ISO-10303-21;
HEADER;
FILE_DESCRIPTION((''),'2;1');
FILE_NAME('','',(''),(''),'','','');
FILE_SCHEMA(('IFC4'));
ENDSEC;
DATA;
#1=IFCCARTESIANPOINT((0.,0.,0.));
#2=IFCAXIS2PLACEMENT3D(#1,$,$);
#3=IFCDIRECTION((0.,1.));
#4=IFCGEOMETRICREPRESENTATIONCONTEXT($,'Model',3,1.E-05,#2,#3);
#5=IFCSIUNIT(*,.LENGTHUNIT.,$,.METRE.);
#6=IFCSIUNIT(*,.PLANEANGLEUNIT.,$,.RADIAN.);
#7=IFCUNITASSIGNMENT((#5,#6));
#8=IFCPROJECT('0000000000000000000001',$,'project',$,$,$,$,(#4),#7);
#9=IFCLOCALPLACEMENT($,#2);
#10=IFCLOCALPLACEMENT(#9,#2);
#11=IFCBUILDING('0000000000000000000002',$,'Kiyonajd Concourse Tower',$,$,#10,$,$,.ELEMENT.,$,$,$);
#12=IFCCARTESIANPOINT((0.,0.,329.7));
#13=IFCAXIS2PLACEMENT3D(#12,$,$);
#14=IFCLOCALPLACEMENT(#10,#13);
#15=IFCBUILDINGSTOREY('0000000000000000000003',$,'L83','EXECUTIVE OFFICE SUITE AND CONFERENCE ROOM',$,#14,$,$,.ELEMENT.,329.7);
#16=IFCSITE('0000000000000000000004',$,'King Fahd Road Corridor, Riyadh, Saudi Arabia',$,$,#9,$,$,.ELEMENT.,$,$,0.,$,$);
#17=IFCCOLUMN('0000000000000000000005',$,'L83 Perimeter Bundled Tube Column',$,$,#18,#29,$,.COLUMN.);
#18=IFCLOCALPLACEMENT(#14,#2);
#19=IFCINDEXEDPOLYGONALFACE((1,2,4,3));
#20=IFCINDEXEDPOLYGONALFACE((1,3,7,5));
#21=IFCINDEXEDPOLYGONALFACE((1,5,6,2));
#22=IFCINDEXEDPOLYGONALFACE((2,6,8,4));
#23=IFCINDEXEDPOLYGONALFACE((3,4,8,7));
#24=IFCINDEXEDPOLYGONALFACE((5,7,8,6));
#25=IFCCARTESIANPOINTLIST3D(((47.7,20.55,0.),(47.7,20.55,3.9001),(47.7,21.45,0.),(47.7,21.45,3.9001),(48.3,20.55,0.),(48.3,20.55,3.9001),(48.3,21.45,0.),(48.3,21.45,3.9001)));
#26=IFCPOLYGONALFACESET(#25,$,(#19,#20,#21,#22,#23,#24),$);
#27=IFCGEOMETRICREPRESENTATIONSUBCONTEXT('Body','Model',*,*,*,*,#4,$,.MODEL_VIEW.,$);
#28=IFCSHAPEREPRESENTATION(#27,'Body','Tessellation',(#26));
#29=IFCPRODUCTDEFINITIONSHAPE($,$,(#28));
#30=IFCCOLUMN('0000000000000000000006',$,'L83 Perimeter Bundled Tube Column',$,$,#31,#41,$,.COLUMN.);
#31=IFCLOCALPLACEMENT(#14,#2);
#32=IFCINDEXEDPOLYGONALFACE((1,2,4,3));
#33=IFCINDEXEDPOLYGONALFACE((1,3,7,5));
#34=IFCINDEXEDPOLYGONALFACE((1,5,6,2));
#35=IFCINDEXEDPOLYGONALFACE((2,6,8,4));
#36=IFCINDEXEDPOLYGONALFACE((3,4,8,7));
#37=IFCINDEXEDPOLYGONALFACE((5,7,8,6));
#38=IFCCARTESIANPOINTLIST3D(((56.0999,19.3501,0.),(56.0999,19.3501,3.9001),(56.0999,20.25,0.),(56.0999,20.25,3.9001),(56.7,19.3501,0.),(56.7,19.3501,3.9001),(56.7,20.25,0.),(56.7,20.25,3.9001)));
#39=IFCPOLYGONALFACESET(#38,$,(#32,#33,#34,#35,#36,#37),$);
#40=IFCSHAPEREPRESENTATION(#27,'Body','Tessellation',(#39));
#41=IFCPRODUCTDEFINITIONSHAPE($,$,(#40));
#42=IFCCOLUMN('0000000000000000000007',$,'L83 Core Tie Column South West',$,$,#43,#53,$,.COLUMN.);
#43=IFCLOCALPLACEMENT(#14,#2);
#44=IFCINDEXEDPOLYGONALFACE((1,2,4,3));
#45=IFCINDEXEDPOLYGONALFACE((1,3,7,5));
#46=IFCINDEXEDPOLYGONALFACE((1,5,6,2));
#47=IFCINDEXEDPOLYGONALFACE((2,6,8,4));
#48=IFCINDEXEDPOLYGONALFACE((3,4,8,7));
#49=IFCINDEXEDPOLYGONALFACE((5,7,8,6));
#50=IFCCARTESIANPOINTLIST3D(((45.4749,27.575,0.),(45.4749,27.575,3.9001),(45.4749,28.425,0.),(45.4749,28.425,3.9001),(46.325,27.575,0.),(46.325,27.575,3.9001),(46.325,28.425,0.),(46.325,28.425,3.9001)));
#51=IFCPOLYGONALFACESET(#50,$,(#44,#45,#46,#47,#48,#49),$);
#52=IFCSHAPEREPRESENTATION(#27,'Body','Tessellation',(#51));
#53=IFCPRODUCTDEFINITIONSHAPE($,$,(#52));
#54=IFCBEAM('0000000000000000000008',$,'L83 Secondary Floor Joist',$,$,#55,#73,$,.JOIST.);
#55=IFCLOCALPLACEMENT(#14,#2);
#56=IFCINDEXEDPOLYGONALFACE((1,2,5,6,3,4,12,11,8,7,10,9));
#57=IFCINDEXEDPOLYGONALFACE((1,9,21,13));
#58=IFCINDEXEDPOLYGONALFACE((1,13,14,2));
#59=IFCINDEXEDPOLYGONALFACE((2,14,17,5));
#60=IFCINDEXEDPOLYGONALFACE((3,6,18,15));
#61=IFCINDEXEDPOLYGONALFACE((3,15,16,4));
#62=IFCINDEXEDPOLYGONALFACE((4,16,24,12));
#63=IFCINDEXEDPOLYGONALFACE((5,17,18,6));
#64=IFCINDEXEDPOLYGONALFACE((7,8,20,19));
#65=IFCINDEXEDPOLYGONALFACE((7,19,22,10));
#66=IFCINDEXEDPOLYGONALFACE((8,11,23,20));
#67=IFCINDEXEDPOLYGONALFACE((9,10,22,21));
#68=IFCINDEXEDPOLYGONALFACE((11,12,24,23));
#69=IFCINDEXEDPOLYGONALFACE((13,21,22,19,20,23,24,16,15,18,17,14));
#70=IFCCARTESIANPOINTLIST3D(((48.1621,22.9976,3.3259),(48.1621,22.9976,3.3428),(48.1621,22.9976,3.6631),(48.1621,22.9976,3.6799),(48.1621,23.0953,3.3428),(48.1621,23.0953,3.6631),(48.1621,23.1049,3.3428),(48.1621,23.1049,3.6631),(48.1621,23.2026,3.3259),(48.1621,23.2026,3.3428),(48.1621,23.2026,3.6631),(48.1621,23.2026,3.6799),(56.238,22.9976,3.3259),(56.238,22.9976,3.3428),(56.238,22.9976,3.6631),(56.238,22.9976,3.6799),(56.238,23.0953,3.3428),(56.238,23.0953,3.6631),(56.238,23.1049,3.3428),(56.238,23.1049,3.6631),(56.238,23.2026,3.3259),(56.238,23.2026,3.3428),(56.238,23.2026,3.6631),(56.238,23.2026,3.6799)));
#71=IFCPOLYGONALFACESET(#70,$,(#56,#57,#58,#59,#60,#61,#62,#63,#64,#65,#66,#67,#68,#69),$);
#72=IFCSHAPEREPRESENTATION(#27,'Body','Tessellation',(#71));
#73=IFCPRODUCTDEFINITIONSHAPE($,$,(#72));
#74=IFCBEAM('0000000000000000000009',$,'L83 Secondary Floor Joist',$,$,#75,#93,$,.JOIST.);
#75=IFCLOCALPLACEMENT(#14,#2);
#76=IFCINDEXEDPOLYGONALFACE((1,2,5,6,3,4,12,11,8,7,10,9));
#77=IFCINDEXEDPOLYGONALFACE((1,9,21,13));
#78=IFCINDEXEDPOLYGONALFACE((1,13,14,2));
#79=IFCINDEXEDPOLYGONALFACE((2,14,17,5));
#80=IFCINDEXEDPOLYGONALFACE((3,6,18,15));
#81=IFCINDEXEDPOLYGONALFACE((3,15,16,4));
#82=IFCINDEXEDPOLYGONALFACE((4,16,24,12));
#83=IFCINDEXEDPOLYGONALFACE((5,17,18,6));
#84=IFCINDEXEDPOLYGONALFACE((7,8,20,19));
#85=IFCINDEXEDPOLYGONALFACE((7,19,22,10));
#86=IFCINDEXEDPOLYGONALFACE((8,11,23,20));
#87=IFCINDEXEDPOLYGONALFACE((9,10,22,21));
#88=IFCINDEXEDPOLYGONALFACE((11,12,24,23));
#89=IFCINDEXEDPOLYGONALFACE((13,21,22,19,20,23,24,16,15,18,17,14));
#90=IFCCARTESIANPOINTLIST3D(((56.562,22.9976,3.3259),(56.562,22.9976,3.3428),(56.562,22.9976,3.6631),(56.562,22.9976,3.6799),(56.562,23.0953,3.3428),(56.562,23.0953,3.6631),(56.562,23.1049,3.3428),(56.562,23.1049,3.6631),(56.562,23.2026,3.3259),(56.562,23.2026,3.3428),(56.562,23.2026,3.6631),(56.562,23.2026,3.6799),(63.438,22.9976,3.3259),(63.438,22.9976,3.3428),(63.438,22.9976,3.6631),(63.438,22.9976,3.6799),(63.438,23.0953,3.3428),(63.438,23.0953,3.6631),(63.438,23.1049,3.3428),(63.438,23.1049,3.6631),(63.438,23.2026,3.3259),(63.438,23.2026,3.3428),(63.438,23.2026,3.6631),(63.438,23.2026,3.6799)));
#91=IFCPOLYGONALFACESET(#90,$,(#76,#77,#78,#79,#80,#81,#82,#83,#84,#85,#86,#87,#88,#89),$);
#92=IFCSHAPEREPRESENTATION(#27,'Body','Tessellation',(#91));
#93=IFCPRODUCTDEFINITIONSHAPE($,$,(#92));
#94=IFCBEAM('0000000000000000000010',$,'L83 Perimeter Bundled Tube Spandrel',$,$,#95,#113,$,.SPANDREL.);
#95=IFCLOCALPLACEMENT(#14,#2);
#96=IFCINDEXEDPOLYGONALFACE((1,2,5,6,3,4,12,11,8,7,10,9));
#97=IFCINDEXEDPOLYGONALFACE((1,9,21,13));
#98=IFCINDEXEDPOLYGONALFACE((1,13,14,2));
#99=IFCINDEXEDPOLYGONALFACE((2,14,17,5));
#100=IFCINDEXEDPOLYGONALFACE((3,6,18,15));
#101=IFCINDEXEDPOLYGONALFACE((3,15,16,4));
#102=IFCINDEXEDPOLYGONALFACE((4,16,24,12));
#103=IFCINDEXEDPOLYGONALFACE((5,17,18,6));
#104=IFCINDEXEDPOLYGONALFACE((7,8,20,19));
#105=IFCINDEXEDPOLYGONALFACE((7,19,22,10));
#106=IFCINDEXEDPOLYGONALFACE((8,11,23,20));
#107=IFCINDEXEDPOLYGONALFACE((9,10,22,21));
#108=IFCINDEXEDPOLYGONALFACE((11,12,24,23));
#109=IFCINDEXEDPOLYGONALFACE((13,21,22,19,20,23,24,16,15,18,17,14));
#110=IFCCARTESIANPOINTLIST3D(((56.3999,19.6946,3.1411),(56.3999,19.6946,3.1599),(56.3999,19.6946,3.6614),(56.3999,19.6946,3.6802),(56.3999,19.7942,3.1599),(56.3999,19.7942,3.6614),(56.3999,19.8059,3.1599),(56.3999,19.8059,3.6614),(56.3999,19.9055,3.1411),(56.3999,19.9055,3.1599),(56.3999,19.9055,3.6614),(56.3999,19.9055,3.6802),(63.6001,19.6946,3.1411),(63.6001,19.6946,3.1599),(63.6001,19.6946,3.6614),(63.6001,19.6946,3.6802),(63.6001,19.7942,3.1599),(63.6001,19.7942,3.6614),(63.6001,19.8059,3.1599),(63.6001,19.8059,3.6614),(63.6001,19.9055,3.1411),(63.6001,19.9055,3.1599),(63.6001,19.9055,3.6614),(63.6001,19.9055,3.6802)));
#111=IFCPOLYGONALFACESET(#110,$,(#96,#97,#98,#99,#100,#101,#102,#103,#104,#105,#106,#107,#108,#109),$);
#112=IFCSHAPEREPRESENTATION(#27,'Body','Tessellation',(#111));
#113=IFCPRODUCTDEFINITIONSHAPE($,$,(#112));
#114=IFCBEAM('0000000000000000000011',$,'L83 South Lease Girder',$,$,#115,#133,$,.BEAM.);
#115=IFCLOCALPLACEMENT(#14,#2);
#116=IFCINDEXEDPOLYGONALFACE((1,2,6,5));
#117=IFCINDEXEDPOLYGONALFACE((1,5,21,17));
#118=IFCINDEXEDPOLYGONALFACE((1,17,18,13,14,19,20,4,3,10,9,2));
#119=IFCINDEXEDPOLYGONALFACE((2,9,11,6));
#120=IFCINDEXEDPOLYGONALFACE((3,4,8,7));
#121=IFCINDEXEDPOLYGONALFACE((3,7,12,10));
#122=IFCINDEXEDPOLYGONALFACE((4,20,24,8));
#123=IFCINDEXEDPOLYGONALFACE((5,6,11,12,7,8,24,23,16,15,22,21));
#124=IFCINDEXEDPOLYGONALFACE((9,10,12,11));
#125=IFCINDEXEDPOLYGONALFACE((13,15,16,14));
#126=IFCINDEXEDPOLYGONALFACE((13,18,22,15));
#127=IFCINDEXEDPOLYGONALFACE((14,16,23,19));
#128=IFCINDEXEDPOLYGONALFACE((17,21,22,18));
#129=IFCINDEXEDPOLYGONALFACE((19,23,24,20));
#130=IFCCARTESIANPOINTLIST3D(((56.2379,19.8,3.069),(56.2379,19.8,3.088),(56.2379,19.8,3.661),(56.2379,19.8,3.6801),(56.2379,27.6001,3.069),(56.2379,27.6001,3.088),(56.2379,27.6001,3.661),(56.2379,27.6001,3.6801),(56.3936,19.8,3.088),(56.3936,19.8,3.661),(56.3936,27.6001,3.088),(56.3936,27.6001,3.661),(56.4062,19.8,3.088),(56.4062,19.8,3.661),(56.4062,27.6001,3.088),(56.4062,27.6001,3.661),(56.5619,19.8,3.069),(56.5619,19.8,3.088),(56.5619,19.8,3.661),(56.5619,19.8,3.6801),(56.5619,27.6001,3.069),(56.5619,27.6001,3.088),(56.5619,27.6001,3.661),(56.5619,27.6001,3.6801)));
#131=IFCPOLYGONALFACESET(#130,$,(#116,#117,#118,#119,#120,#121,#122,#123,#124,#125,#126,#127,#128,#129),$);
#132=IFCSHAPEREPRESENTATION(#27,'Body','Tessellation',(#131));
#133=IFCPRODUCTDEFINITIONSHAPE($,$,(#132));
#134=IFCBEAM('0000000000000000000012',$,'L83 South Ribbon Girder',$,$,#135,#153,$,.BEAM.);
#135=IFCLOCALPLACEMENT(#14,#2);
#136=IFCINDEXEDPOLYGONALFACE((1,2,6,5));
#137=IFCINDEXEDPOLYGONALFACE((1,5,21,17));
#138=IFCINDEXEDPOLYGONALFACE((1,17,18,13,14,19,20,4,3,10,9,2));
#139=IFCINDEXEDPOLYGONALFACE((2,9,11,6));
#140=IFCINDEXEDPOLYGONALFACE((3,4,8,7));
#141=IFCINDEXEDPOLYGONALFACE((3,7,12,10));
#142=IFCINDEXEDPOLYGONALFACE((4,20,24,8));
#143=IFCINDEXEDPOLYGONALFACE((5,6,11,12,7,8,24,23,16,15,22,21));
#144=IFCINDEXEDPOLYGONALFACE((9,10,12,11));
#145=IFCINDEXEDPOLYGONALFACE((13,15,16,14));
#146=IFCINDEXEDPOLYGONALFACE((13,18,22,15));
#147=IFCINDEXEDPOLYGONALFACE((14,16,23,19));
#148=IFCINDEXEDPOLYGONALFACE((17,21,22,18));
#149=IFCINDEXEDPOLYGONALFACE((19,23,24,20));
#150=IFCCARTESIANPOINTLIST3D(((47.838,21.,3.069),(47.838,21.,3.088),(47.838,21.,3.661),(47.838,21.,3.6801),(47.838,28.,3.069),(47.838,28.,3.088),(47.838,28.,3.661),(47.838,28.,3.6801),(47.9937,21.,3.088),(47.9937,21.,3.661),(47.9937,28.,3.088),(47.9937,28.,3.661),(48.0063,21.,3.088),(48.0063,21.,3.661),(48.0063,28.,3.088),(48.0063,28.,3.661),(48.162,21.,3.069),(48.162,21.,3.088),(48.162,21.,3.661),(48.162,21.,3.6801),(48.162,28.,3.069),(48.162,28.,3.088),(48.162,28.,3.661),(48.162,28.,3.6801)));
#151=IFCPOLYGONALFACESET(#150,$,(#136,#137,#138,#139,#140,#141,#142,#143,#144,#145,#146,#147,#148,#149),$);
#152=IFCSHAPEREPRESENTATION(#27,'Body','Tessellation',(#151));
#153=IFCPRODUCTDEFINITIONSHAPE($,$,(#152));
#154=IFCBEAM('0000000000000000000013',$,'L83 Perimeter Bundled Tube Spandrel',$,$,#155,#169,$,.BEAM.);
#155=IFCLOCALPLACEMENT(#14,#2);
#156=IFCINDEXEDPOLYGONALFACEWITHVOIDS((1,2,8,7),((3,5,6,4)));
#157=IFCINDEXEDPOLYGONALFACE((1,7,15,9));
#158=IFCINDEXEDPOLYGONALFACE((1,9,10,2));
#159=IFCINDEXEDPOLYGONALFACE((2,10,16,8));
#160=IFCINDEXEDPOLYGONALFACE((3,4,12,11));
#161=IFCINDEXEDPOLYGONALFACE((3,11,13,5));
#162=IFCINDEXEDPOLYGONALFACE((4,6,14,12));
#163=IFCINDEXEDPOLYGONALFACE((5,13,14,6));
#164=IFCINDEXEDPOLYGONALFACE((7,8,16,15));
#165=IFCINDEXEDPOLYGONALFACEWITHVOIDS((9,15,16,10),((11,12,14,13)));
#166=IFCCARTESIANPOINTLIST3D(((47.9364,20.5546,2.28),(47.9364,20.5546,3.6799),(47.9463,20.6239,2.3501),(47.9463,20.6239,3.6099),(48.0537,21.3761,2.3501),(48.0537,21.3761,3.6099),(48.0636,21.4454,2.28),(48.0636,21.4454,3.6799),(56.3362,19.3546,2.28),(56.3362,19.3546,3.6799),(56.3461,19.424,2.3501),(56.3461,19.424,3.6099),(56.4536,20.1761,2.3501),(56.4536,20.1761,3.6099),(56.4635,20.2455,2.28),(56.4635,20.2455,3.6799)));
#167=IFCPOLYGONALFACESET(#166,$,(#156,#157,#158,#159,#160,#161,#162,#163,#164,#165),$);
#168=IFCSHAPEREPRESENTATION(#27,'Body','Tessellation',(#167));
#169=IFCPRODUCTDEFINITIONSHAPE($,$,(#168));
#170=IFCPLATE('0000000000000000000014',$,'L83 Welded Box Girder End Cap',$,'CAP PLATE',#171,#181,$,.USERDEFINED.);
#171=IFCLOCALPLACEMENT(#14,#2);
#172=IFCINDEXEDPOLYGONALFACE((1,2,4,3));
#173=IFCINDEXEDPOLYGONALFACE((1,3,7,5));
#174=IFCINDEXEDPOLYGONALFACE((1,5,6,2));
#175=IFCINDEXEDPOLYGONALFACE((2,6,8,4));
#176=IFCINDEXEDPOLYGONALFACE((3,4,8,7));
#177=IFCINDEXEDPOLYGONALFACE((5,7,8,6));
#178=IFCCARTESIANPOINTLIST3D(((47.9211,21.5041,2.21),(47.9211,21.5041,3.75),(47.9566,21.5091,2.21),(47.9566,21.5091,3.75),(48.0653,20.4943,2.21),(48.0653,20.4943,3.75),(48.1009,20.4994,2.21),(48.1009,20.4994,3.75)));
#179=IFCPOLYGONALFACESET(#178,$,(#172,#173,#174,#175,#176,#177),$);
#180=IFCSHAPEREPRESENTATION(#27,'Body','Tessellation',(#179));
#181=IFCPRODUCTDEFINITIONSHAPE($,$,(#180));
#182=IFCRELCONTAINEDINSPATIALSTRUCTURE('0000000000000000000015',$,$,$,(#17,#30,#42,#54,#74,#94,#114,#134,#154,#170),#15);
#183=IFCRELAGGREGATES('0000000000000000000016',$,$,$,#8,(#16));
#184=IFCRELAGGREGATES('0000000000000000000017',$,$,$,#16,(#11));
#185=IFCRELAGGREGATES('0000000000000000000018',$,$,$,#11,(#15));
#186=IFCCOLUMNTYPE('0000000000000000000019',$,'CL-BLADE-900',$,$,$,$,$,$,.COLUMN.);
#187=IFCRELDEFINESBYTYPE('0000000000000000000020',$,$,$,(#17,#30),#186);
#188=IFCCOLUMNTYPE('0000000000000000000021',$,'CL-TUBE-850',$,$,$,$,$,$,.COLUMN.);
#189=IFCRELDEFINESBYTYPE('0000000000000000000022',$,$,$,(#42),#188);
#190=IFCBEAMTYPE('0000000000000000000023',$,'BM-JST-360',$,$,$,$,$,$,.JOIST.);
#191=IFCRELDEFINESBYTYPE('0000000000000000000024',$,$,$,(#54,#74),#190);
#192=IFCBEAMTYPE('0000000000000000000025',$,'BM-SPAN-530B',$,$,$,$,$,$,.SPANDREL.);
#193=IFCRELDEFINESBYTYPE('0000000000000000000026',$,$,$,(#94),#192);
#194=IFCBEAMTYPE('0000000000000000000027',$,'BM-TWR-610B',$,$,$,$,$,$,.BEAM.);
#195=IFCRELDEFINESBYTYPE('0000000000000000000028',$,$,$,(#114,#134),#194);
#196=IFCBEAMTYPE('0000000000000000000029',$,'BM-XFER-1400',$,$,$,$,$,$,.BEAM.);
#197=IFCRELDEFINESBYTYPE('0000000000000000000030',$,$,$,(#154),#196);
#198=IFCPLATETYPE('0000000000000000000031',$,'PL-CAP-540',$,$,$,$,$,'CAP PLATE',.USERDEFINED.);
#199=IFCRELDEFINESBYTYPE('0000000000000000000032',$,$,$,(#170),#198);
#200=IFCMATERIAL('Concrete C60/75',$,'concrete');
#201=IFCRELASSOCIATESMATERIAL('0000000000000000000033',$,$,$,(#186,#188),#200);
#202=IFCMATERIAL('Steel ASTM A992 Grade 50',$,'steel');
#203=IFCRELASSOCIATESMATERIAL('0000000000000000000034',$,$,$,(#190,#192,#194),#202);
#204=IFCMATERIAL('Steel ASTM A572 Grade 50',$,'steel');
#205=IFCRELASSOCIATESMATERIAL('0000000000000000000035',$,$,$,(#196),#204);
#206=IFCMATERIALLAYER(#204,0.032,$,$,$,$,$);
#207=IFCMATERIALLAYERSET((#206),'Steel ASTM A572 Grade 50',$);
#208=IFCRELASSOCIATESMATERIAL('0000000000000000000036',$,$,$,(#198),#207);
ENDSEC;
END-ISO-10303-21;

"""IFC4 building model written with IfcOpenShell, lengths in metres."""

from ifc_helpers import new_model, si_unit, direction, frame, origin, origin_2d, place, context, subcontext, project, spatial, rectangle, hollow_rectangle, i_section, extrude, material, layer, layer_set, material_profile, profile_set, type_object, element, save


model = new_model("IFC4")

# Units and contexts
model_context = context("Model", 3, precision=1e-05, world=origin(), true_north=direction((0.0, 1.0)))
body_context = subcontext(model_context, "Body", "Model", "MODEL_VIEW")
ifc_project = project(units=[si_unit("LENGTHUNIT", "METRE"), si_unit("PLANEANGLEUNIT", "RADIAN")], contexts=[model_context])

# Site, building, storey
site_placement = place(None, origin())
site = spatial("IfcSite", under=ifc_project, at=site_placement, Name="King Fahd Road Corridor, Riyadh, Saudi Arabia", CompositionType="ELEMENT", RefElevation=0.0)
building_placement = place(site_placement, origin())
building = spatial("IfcBuilding", under=site, at=building_placement, Name="Kiyonajd Concourse Tower", CompositionType="ELEMENT")
storey_placement = place(building_placement, frame((0.0, 0.0, 329.7)))
storey = spatial("IfcBuildingStorey", under=building, at=storey_placement, Name="L83", Description="EXECUTIVE OFFICE SUITE AND CONFERENCE ROOM", CompositionType="ELEMENT", Elevation=329.7)

# Columns
ifc_material_1 = material(Name="Concrete C60/75", Category="concrete")
ifc_material_profile_1 = material_profile(ifc_material_1, rectangle(XDim=0.6001, YDim=0.8999, at=origin_2d()), Name="RC-900x600")
ifc_profile_set_1 = profile_set([ifc_material_profile_1], Name="Concrete C60/75")
column_type_1 = type_object("IfcColumnType", Name="CL-BLADE-900", PredefinedType="COLUMN", material=ifc_profile_set_1)
for number, where, z_axis, x_axis, name in (
    (1, (48.0, 21.0, 0.0), (0.0, 0.0, 1.0), (1.0, 0.0, 0.0), "L83 Perimeter Bundled Tube Column"),
    (2, (56.3999, 19.8, 0.0), (0.0, 0.0, 1.0), (1.0, 0.0, 0.0), "L83 Perimeter Bundled Tube Column"),
):
    element("IfcColumn", number, at=place(storey_placement, frame(where, z_axis=z_axis, x_axis=x_axis)), inside=storey, type_object=column_type_1, Name=name, PredefinedType="COLUMN", context=body_context, shape_type="SweptSolid", body=[
        extrude(rectangle(XDim=0.6001, YDim=0.8999, at=origin_2d()), origin(), (0.0, 0.0, 1.0), 3.9001),
    ])
ifc_material_profile_2 = material_profile(ifc_material_1, rectangle(XDim=0.8501, YDim=0.8501, at=origin_2d()), Name="RC-850x850")
ifc_profile_set_2 = profile_set([ifc_material_profile_2], Name="Concrete C60/75")
column_type_2 = type_object("IfcColumnType", Name="CL-TUBE-850", PredefinedType="COLUMN", material=ifc_profile_set_2)
column_placement = place(storey_placement, frame((45.8999, 28.0, 0.0), z_axis=(0.0, 0.0, 1.0), x_axis=(1.0, 0.0, 0.0)))
element("IfcColumn", 3, at=column_placement, inside=storey, type_object=column_type_2, Name="L83 Core Tie Column South West", PredefinedType="COLUMN", context=body_context, shape_type="SweptSolid", body=[
    extrude(rectangle(XDim=0.8501, YDim=0.8501, at=origin_2d()), origin(), (0.0, 0.0, 1.0), 3.9001),
])

# Beams
ifc_material_2 = material(Name="Steel ASTM A992 Grade 50", Category="steel")
ifc_material_profile_3 = material_profile(ifc_material_2, i_section(OverallWidth=0.2051, OverallDepth=0.354, WebThickness=0.0095, FlangeThickness=0.0168, at=origin_2d()), Name="W360X79")
ifc_profile_set_3 = profile_set([ifc_material_profile_3], Name="Steel ASTM A992 Grade 50")
beam_type_1 = type_object("IfcBeamType", Name="BM-JST-360", PredefinedType="JOIST", material=ifc_profile_set_3)
beam_1_placement = place(storey_placement, frame((48.1621, 23.1001, 3.5029), z_axis=(1.0, 0.0, 0.0), x_axis=(0.0, 1.0, 0.0)))
element("IfcBeam", 4, at=beam_1_placement, inside=storey, type_object=beam_type_1, Name="L83 Secondary Floor Joist", PredefinedType="JOIST", context=body_context, shape_type="SweptSolid", body=[
    extrude(i_section(OverallWidth=0.2051, OverallDepth=0.354, WebThickness=0.0095, FlangeThickness=0.0168, at=origin_2d()), origin(), (0.0, 0.0, 1.0), 8.0759),
])
beam_2_placement = place(storey_placement, frame((56.562, 23.1001, 3.5029), z_axis=(1.0, 0.0, 0.0), x_axis=(0.0, 1.0, 0.0)))
element("IfcBeam", 5, at=beam_2_placement, inside=storey, type_object=beam_type_1, Name="L83 Secondary Floor Joist", PredefinedType="JOIST", context=body_context, shape_type="SweptSolid", body=[
    extrude(i_section(OverallWidth=0.2051, OverallDepth=0.354, WebThickness=0.0095, FlangeThickness=0.0168, at=origin_2d()), origin(), (0.0, 0.0, 1.0), 6.876),
])
ifc_material_profile_4 = material_profile(ifc_material_2, i_section(OverallWidth=0.2109, OverallDepth=0.5391, WebThickness=0.0117, FlangeThickness=0.0188, at=origin_2d()), Name="W530X109")
ifc_profile_set_4 = profile_set([ifc_material_profile_4], Name="Steel ASTM A992 Grade 50")
beam_type_2 = type_object("IfcBeamType", Name="BM-SPAN-530B", PredefinedType="SPANDREL", material=ifc_profile_set_4)
beam_3_placement = place(storey_placement, frame((56.3999, 19.8, 3.4106), z_axis=(1.0, 0.0, 0.0), x_axis=(0.0, 1.0, 0.0)))
element("IfcBeam", 6, at=beam_3_placement, inside=storey, type_object=beam_type_2, Name="L83 Perimeter Bundled Tube Spandrel", PredefinedType="SPANDREL", context=body_context, shape_type="SweptSolid", body=[
    extrude(i_section(OverallWidth=0.2109, OverallDepth=0.5391, WebThickness=0.0117, FlangeThickness=0.0188, at=origin_2d()), origin(), (0.0, 0.0, 1.0), 7.2002),
])
ifc_material_profile_5 = material_profile(ifc_material_2, i_section(OverallWidth=0.324, OverallDepth=0.6111, WebThickness=0.0127, FlangeThickness=0.019, at=origin_2d()), Name="W610X155")
ifc_profile_set_5 = profile_set([ifc_material_profile_5], Name="Steel ASTM A992 Grade 50")
beam_type_3 = type_object("IfcBeamType", Name="BM-TWR-610B", PredefinedType="BEAM", material=ifc_profile_set_5)
beam_4_placement = place(storey_placement, frame((56.3999, 19.8, 3.3745), z_axis=(0.0, 1.0, 0.0), x_axis=(-1.0, 0.0, 0.0)))
element("IfcBeam", 7, at=beam_4_placement, inside=storey, type_object=beam_type_3, Name="L83 South Lease Girder", PredefinedType="BEAM", context=body_context, shape_type="SweptSolid", body=[
    extrude(i_section(OverallWidth=0.324, OverallDepth=0.6111, WebThickness=0.0127, FlangeThickness=0.019, at=origin_2d()), origin(), (0.0, 0.0, 1.0), 7.8),
])
beam_5_placement = place(storey_placement, frame((48.0, 21.0, 3.3745), z_axis=(0.0, 1.0, 0.0), x_axis=(-1.0, 0.0, 0.0)))
element("IfcBeam", 8, at=beam_5_placement, inside=storey, type_object=beam_type_3, Name="L83 South Ribbon Girder", PredefinedType="BEAM", context=body_context, shape_type="SweptSolid", body=[
    extrude(i_section(OverallWidth=0.324, OverallDepth=0.6111, WebThickness=0.0127, FlangeThickness=0.019, at=origin_2d()), origin(), (0.0, 0.0, 1.0), 7.0),
])
ifc_material_3 = material(Name="Steel ASTM A572 Grade 50", Category="steel")
ifc_material_profile_6 = material_profile(ifc_material_3, hollow_rectangle(XDim=0.8999, YDim=1.3999, WallThickness=0.0701, at=origin_2d()), Name="BOX-1400x900x70")
ifc_profile_set_6 = profile_set([ifc_material_profile_6], Name="Steel ASTM A572 Grade 50")
beam_type_4 = type_object("IfcBeamType", Name="BM-XFER-1400", PredefinedType="BEAM", material=ifc_profile_set_6)
beam_6_placement = place(storey_placement, frame((48.0, 21.0, 2.98), z_axis=(0.98995, -0.141417, 0.0), x_axis=(0.141417, 0.98995, 0.0)))
element("IfcBeam", 9, at=beam_6_placement, inside=storey, type_object=beam_type_4, Name="L83 Perimeter Bundled Tube Spandrel", PredefinedType="BEAM", context=body_context, shape_type="SweptSolid", body=[
    extrude(hollow_rectangle(XDim=0.8999, YDim=1.3999, WallThickness=0.0701, at=origin_2d()), origin(), (0.0, 0.0, 1.0), 8.4851),
])

# Plate
ifc_layer_1 = layer(ifc_material_3, 0.032)
ifc_layer_set_1 = layer_set([ifc_layer_1], Name="Steel ASTM A572 Grade 50")
plate_type_1 = type_object("IfcPlateType", Name="PL-CAP-540", ElementType="CAP PLATE", PredefinedType="USERDEFINED", material=ifc_layer_set_1)
for number, where, z_axis, x_axis, name in (
    (10, (48.011, 21.0017, 2.21), (0.0, 0.0, 1.0), (0.98995, 0.14142, 0.0), "L83 Welded Box Girder End Cap"),
):
    element("IfcPlate", number, at=place(storey_placement, frame(where, z_axis=z_axis, x_axis=x_axis)), inside=storey, type_object=plate_type_1, Name=name, ObjectType="CAP PLATE", PredefinedType="USERDEFINED", context=body_context, shape_type="SweptSolid", body=[
        extrude(rectangle(XDim=0.0359, YDim=1.02, at=origin_2d()), origin(), (0.0, 0.0, 1.0), 1.54),
    ])

save(model, "model.ifc")
